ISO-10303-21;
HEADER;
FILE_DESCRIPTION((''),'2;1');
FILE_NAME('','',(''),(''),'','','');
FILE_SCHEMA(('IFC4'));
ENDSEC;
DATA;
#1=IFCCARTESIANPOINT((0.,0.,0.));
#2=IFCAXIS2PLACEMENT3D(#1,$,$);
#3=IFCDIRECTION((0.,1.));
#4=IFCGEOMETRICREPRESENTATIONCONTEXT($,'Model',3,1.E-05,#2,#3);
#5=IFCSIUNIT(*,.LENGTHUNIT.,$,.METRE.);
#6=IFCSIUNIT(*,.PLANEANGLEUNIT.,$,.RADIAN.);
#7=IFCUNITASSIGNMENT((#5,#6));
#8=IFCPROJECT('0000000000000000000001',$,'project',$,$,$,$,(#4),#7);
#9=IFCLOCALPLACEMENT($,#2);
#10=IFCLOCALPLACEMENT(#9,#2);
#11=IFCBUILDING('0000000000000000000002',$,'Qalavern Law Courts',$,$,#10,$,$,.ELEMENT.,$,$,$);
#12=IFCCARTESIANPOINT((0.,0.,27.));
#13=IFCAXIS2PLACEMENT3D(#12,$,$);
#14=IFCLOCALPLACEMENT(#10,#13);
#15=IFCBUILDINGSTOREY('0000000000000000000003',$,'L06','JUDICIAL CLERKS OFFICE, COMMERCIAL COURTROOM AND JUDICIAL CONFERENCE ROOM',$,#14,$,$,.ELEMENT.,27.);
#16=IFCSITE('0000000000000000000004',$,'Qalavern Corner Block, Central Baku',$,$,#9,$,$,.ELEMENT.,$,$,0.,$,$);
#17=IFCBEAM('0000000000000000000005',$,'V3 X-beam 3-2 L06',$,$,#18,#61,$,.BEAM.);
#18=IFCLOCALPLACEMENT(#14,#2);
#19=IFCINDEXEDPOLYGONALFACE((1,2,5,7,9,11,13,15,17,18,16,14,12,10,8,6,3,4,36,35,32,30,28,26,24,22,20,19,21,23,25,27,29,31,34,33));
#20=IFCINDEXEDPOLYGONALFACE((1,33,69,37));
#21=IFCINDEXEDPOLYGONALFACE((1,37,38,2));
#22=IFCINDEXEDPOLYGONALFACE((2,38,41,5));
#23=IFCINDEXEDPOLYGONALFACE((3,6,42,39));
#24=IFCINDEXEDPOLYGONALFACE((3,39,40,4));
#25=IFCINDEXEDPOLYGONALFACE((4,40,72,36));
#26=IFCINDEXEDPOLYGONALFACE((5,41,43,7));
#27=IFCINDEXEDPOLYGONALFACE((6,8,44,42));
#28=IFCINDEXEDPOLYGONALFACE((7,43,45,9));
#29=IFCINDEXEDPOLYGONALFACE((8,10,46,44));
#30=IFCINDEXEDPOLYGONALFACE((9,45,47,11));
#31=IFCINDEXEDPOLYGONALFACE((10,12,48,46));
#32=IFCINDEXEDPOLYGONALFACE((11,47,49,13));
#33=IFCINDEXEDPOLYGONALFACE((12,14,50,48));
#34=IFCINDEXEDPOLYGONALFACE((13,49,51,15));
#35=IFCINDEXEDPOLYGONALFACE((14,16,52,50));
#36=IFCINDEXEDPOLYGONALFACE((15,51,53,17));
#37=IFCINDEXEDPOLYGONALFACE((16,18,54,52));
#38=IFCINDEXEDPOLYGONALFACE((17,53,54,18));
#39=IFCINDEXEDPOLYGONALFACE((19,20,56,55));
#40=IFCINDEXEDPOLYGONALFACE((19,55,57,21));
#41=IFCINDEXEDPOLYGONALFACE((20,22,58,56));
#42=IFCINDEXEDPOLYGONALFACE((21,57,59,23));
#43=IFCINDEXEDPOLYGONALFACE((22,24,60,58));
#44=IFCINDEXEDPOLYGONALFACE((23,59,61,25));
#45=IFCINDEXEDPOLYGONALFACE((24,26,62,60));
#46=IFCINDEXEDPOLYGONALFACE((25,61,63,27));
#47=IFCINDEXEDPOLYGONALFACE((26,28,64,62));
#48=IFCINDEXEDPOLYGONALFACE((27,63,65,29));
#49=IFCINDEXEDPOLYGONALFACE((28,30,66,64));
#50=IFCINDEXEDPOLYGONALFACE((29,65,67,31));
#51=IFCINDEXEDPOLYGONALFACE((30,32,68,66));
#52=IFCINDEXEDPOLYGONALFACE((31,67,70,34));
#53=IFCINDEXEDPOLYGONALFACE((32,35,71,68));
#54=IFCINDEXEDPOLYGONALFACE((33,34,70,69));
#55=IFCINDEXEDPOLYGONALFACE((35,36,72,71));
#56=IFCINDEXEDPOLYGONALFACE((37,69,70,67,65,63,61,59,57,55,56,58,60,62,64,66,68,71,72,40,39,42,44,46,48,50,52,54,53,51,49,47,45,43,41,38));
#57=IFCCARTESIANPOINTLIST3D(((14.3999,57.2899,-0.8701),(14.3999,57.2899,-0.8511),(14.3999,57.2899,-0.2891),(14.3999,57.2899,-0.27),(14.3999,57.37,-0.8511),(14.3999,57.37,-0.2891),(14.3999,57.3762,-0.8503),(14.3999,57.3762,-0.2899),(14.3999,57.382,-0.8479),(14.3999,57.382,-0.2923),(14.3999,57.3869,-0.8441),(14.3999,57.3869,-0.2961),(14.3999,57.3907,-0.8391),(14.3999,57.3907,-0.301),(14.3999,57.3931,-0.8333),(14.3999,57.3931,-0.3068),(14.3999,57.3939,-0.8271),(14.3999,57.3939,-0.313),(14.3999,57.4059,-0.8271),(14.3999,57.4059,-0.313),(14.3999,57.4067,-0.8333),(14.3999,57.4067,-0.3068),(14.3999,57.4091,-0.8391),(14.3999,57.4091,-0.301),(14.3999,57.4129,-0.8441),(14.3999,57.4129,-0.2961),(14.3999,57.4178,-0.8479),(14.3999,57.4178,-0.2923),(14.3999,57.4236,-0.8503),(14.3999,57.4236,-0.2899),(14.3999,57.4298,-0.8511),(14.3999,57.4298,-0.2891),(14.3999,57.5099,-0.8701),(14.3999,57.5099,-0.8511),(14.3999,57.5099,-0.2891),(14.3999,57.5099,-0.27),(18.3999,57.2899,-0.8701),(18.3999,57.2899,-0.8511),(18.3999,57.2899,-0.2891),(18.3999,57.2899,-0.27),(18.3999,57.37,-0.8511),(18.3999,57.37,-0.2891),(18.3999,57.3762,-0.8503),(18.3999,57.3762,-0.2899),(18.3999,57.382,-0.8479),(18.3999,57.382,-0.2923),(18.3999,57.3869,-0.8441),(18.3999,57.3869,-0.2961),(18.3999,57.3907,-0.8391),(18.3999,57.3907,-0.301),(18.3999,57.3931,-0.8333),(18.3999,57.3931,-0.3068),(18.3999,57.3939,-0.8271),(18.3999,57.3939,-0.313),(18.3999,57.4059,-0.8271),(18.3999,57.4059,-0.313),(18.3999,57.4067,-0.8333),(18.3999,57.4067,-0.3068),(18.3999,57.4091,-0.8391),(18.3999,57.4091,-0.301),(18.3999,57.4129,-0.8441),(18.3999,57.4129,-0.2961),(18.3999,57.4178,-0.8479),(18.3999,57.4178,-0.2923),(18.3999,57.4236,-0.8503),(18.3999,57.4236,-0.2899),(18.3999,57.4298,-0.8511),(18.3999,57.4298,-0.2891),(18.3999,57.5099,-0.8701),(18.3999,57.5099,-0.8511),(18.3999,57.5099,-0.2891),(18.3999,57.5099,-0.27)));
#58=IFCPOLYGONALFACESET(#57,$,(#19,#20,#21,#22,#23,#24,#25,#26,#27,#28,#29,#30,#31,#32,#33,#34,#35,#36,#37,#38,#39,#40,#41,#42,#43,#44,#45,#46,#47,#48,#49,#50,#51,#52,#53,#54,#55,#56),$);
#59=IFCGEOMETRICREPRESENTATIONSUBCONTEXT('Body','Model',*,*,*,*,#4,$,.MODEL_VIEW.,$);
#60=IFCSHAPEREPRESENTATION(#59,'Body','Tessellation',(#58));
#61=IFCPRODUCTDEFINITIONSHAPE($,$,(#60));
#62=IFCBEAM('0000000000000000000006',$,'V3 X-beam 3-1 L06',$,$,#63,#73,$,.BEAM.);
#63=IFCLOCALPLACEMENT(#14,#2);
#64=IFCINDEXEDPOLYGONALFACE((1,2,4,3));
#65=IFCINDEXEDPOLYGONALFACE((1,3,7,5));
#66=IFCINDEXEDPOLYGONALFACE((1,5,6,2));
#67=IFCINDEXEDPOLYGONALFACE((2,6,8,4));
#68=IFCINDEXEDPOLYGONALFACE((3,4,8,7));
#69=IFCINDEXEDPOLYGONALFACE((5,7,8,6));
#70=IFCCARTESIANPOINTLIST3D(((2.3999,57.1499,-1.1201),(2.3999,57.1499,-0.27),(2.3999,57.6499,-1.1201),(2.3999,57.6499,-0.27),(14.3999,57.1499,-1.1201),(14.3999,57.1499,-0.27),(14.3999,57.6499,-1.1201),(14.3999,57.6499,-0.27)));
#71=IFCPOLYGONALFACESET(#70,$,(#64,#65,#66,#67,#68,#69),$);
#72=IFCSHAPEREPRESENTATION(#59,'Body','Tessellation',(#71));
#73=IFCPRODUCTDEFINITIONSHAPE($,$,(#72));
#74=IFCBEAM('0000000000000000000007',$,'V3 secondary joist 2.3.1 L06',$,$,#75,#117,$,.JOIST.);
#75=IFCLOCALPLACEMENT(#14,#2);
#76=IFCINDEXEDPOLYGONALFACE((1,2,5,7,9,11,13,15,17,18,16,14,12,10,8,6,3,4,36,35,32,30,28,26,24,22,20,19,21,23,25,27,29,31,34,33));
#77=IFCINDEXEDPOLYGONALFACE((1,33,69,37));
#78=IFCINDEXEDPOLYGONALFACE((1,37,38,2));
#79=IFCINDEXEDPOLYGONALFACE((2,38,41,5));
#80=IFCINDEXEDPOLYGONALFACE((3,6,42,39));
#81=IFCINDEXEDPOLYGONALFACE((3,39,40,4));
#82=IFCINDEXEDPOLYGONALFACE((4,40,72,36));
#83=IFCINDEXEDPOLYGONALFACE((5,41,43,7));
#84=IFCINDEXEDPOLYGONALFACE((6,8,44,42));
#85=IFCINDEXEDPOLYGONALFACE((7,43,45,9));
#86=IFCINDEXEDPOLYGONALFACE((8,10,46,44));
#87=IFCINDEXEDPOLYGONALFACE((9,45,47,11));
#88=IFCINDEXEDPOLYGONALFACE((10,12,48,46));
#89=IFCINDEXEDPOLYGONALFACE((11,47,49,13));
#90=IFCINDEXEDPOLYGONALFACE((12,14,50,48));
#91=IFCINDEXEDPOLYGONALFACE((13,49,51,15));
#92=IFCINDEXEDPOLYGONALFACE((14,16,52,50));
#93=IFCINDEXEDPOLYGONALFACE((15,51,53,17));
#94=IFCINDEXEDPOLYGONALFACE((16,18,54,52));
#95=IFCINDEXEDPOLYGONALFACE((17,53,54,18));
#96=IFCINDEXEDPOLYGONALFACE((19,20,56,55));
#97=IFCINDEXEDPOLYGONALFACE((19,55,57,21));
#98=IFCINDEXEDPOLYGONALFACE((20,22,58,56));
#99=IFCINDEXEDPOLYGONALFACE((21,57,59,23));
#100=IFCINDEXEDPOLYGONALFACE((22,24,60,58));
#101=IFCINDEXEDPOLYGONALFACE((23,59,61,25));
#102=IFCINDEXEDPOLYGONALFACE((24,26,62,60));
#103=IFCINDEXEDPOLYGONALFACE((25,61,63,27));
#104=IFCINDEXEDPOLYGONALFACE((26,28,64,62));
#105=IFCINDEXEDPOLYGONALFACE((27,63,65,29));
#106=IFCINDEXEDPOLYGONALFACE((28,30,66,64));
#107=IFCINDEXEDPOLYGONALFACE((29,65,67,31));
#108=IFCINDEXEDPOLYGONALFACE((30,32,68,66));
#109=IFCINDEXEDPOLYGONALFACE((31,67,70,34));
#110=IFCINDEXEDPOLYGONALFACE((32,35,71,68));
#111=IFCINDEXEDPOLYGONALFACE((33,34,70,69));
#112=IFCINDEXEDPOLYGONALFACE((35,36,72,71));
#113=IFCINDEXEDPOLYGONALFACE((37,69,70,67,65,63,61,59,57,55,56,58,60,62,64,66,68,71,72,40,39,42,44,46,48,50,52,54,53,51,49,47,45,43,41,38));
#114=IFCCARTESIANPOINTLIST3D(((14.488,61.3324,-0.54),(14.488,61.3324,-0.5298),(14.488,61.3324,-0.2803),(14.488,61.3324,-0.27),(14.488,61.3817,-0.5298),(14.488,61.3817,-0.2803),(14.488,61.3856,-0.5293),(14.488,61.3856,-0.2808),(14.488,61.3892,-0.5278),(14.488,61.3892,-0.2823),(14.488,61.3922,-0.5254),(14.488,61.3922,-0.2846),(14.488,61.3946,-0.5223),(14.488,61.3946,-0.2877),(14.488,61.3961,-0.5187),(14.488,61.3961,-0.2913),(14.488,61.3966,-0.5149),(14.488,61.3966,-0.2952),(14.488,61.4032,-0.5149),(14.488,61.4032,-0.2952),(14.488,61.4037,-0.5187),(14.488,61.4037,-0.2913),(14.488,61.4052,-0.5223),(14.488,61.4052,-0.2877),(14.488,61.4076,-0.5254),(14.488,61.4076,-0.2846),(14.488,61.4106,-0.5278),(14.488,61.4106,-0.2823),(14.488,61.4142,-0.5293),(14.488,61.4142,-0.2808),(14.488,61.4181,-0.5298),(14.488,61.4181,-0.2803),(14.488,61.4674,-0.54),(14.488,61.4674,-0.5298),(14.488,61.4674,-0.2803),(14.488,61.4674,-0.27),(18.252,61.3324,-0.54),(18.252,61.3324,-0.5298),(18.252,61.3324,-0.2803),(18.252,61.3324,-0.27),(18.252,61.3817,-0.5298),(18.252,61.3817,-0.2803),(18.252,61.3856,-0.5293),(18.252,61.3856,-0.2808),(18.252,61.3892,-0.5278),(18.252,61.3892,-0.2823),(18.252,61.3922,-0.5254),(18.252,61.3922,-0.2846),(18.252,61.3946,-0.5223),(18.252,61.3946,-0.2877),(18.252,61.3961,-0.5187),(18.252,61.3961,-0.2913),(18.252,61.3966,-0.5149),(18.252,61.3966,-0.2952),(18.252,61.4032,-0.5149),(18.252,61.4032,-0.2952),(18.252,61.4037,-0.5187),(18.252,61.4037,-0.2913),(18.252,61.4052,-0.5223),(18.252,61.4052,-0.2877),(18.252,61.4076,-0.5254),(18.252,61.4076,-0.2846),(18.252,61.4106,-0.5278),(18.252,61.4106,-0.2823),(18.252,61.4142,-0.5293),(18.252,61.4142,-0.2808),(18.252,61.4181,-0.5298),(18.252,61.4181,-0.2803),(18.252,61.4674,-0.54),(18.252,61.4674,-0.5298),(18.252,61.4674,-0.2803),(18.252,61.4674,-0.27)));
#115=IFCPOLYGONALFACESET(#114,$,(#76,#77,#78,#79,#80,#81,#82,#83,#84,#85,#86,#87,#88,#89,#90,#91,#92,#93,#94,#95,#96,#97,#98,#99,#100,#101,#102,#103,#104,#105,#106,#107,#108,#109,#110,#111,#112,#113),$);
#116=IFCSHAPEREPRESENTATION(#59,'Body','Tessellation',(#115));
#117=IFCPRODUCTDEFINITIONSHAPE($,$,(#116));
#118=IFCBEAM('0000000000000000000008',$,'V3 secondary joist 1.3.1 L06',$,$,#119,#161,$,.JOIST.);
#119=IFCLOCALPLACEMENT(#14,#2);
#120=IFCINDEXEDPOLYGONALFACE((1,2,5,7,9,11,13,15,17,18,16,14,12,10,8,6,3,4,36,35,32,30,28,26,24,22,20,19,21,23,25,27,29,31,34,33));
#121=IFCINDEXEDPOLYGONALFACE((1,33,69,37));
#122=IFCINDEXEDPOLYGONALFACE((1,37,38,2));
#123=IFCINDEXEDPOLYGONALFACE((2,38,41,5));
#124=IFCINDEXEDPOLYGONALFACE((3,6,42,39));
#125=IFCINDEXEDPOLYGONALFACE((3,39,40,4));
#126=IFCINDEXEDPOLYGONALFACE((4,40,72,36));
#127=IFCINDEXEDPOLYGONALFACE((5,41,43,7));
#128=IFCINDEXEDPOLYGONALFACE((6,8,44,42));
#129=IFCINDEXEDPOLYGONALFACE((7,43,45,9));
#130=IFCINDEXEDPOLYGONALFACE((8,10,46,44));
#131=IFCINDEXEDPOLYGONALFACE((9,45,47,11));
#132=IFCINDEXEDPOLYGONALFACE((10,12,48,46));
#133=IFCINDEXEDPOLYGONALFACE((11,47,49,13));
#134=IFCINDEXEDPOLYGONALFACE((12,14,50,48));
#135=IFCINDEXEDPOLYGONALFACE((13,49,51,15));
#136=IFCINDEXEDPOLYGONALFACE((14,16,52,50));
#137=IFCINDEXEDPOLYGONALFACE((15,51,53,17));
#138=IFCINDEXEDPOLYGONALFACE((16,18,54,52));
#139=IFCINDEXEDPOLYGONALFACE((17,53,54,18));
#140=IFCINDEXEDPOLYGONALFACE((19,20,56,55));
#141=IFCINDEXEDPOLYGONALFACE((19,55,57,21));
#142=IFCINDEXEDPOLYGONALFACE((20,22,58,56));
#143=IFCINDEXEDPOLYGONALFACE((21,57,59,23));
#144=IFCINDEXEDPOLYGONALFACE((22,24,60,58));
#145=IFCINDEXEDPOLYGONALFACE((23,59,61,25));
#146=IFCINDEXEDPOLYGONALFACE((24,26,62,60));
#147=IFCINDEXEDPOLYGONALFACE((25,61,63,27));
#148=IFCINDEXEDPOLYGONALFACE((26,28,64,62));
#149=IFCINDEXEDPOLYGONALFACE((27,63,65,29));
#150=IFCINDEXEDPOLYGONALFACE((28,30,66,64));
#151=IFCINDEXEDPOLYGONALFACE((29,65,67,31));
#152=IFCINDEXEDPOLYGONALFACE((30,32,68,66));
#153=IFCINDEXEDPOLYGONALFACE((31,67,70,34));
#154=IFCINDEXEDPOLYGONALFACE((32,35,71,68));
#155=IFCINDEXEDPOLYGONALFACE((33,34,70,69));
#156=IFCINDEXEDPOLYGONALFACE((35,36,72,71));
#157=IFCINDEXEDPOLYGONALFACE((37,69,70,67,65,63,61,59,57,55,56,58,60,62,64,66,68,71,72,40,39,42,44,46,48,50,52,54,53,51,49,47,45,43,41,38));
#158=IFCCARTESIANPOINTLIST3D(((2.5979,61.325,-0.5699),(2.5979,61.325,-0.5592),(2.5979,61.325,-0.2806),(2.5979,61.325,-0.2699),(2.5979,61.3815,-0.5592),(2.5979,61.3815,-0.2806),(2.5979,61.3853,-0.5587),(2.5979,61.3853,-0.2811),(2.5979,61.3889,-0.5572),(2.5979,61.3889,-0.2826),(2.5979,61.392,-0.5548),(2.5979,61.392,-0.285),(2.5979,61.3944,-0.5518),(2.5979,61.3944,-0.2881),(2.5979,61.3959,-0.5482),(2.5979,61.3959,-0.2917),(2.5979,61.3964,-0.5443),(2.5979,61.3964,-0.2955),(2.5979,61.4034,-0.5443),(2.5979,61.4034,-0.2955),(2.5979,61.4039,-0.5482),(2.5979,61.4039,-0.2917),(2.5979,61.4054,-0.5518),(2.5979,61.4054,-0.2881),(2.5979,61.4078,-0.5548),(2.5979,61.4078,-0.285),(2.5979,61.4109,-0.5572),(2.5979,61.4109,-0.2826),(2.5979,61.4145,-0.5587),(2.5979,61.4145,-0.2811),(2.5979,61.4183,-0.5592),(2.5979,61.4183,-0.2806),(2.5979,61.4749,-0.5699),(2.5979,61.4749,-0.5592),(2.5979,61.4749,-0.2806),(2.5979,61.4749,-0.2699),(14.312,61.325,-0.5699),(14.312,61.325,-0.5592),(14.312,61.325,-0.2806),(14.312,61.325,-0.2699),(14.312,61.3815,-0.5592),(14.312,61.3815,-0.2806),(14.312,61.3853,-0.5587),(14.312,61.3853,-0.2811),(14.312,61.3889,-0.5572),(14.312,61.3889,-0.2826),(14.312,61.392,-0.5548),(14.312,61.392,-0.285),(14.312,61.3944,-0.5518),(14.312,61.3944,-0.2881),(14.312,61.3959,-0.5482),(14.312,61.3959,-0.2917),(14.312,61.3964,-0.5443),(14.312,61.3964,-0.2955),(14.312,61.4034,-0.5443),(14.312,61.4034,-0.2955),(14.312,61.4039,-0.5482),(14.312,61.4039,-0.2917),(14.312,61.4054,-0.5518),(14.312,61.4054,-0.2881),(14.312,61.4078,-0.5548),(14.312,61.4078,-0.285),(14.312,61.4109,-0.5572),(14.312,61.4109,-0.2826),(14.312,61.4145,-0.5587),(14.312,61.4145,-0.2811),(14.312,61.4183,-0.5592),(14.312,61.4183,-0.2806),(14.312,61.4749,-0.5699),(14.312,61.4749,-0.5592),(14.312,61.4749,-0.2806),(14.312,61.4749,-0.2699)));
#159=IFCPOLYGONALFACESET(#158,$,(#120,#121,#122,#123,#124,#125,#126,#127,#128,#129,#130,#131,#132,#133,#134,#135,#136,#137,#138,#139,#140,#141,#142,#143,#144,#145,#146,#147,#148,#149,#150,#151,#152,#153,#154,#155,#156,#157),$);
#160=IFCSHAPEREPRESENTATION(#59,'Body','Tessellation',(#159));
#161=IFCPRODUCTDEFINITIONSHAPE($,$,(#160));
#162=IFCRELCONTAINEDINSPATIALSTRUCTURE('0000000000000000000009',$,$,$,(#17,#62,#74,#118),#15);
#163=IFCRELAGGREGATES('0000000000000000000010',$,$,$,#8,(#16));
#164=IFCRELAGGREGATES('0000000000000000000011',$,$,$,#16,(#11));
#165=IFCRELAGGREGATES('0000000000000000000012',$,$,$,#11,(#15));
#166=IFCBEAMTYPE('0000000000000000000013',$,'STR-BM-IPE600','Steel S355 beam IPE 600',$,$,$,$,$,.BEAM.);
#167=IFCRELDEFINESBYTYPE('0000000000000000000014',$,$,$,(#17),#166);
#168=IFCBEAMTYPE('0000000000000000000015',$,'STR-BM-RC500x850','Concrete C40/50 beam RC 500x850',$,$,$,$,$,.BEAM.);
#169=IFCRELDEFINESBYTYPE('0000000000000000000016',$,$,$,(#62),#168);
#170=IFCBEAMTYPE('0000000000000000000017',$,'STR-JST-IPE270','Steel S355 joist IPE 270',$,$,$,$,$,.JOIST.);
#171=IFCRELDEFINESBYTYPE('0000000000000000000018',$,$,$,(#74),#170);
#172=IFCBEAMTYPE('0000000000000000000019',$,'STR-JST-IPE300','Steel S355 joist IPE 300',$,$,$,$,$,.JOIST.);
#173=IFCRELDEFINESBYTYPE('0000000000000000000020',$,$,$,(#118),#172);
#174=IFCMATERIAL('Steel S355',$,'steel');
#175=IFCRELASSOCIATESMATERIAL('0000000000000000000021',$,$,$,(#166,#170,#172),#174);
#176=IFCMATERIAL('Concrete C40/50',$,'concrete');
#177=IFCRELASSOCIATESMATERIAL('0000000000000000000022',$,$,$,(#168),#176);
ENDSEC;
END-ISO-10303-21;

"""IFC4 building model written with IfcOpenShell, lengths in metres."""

from ifc_helpers import new_model, si_unit, direction, frame, origin, origin_2d, place, context, subcontext, project, spatial, rectangle, i_section, extrude, material, material_profile, profile_set, type_object, element, save


model = new_model("IFC4")

# Units and contexts
model_context = context("Model", 3, precision=1e-05, world=origin(), true_north=direction((0.0, 1.0)))
body_context = subcontext(model_context, "Body", "Model", "MODEL_VIEW")
ifc_project = project(units=[si_unit("LENGTHUNIT", "METRE"), si_unit("PLANEANGLEUNIT", "RADIAN")], contexts=[model_context])

# Site, building, storey
site_placement = place(None, origin())
site = spatial("IfcSite", under=ifc_project, at=site_placement, Name="Qalavern Corner Block, Central Baku", CompositionType="ELEMENT", RefElevation=0.0)
building_placement = place(site_placement, origin())
building = spatial("IfcBuilding", under=site, at=building_placement, Name="Qalavern Law Courts", CompositionType="ELEMENT")
storey_placement = place(building_placement, frame((0.0, 0.0, 27.0)))
storey = spatial("IfcBuildingStorey", under=building, at=storey_placement, Name="L06", Description="JUDICIAL CLERKS OFFICE, COMMERCIAL COURTROOM AND JUDICIAL CONFERENCE ROOM", CompositionType="ELEMENT", Elevation=27.0)

# Beams
ifc_material_1 = material(Name="Steel S355", Category="steel")
ifc_material_profile_1 = material_profile(ifc_material_1, i_section(OverallWidth=0.22, OverallDepth=0.6001, WebThickness=0.012, FlangeThickness=0.019, FilletRadius=0.0239, at=origin_2d()), Name="IPE 600")
ifc_profile_set_1 = profile_set([ifc_material_profile_1], Name="Steel S355")
beam_type_1 = type_object("IfcBeamType", Name="STR-BM-IPE600", Description="Steel S355 beam IPE 600", PredefinedType="BEAM", material=ifc_profile_set_1)
beam_1_placement = place(storey_placement, frame((14.3999, 57.3999, -0.5701), z_axis=(1.0, 0.0, 0.0), x_axis=(0.0, 1.0, 0.0)))
element("IfcBeam", 1, at=beam_1_placement, inside=storey, type_object=beam_type_1, Name="V3 X-beam 3-2 L06", PredefinedType="BEAM", context=body_context, shape_type="SweptSolid", body=[
    extrude(i_section(OverallWidth=0.22, OverallDepth=0.6001, WebThickness=0.012, FlangeThickness=0.019, FilletRadius=0.0239, at=origin_2d()), origin(), (0.0, 0.0, 1.0), 4.0),
])
ifc_material_2 = material(Name="Concrete C40/50", Category="concrete")
ifc_material_profile_2 = material_profile(ifc_material_2, rectangle(XDim=0.5, YDim=0.8501, at=origin_2d()), Name="RC 500x850")
ifc_profile_set_2 = profile_set([ifc_material_profile_2], Name="Concrete C40/50")
beam_type_2 = type_object("IfcBeamType", Name="STR-BM-RC500x850", Description="Concrete C40/50 beam RC 500x850", PredefinedType="BEAM", material=ifc_profile_set_2)
beam_2_placement = place(storey_placement, frame((2.3999, 57.3999, -0.6951), z_axis=(1.0, 0.0, 0.0), x_axis=(0.0, 1.0, 0.0)))
element("IfcBeam", 2, at=beam_2_placement, inside=storey, type_object=beam_type_2, Name="V3 X-beam 3-1 L06", PredefinedType="BEAM", context=body_context, shape_type="SweptSolid", body=[
    extrude(rectangle(XDim=0.5, YDim=0.8501, at=origin_2d()), origin(), (0.0, 0.0, 1.0), 12.0),
])
ifc_material_profile_3 = material_profile(ifc_material_1, i_section(OverallWidth=0.135, OverallDepth=0.27, WebThickness=0.0066, FlangeThickness=0.0103, FilletRadius=0.0149, at=origin_2d()), Name="IPE 270")
ifc_profile_set_3 = profile_set([ifc_material_profile_3], Name="Steel S355")
beam_type_3 = type_object("IfcBeamType", Name="STR-JST-IPE270", Description="Steel S355 joist IPE 270", PredefinedType="JOIST", material=ifc_profile_set_3)
beam_3_placement = place(storey_placement, frame((14.488, 61.3999, -0.405), z_axis=(1.0, 0.0, 0.0), x_axis=(0.0, 1.0, 0.0)))
element("IfcBeam", 3, at=beam_3_placement, inside=storey, type_object=beam_type_3, Name="V3 secondary joist 2.3.1 L06", PredefinedType="JOIST", context=body_context, shape_type="SweptSolid", body=[
    extrude(i_section(OverallWidth=0.135, OverallDepth=0.27, WebThickness=0.0066, FlangeThickness=0.0103, FilletRadius=0.0149, at=origin_2d()), origin(), (0.0, 0.0, 1.0), 3.7639),
])
ifc_material_profile_4 = material_profile(ifc_material_1, i_section(OverallWidth=0.1499, OverallDepth=0.3, WebThickness=0.0071, FlangeThickness=0.0107, FilletRadius=0.0149, at=origin_2d()), Name="IPE 300")
ifc_profile_set_4 = profile_set([ifc_material_profile_4], Name="Steel S355")
beam_type_4 = type_object("IfcBeamType", Name="STR-JST-IPE300", Description="Steel S355 joist IPE 300", PredefinedType="JOIST", material=ifc_profile_set_4)
beam_4_placement = place(storey_placement, frame((2.5979, 61.3999, -0.4199), z_axis=(1.0, 0.0, 0.0), x_axis=(0.0, 1.0, 0.0)))
element("IfcBeam", 4, at=beam_4_placement, inside=storey, type_object=beam_type_4, Name="V3 secondary joist 1.3.1 L06", PredefinedType="JOIST", context=body_context, shape_type="SweptSolid", body=[
    extrude(i_section(OverallWidth=0.1499, OverallDepth=0.3, WebThickness=0.0071, FlangeThickness=0.0107, FilletRadius=0.0149, at=origin_2d()), origin(), (0.0, 0.0, 1.0), 11.7141),
])

save(model, "model.ifc")
